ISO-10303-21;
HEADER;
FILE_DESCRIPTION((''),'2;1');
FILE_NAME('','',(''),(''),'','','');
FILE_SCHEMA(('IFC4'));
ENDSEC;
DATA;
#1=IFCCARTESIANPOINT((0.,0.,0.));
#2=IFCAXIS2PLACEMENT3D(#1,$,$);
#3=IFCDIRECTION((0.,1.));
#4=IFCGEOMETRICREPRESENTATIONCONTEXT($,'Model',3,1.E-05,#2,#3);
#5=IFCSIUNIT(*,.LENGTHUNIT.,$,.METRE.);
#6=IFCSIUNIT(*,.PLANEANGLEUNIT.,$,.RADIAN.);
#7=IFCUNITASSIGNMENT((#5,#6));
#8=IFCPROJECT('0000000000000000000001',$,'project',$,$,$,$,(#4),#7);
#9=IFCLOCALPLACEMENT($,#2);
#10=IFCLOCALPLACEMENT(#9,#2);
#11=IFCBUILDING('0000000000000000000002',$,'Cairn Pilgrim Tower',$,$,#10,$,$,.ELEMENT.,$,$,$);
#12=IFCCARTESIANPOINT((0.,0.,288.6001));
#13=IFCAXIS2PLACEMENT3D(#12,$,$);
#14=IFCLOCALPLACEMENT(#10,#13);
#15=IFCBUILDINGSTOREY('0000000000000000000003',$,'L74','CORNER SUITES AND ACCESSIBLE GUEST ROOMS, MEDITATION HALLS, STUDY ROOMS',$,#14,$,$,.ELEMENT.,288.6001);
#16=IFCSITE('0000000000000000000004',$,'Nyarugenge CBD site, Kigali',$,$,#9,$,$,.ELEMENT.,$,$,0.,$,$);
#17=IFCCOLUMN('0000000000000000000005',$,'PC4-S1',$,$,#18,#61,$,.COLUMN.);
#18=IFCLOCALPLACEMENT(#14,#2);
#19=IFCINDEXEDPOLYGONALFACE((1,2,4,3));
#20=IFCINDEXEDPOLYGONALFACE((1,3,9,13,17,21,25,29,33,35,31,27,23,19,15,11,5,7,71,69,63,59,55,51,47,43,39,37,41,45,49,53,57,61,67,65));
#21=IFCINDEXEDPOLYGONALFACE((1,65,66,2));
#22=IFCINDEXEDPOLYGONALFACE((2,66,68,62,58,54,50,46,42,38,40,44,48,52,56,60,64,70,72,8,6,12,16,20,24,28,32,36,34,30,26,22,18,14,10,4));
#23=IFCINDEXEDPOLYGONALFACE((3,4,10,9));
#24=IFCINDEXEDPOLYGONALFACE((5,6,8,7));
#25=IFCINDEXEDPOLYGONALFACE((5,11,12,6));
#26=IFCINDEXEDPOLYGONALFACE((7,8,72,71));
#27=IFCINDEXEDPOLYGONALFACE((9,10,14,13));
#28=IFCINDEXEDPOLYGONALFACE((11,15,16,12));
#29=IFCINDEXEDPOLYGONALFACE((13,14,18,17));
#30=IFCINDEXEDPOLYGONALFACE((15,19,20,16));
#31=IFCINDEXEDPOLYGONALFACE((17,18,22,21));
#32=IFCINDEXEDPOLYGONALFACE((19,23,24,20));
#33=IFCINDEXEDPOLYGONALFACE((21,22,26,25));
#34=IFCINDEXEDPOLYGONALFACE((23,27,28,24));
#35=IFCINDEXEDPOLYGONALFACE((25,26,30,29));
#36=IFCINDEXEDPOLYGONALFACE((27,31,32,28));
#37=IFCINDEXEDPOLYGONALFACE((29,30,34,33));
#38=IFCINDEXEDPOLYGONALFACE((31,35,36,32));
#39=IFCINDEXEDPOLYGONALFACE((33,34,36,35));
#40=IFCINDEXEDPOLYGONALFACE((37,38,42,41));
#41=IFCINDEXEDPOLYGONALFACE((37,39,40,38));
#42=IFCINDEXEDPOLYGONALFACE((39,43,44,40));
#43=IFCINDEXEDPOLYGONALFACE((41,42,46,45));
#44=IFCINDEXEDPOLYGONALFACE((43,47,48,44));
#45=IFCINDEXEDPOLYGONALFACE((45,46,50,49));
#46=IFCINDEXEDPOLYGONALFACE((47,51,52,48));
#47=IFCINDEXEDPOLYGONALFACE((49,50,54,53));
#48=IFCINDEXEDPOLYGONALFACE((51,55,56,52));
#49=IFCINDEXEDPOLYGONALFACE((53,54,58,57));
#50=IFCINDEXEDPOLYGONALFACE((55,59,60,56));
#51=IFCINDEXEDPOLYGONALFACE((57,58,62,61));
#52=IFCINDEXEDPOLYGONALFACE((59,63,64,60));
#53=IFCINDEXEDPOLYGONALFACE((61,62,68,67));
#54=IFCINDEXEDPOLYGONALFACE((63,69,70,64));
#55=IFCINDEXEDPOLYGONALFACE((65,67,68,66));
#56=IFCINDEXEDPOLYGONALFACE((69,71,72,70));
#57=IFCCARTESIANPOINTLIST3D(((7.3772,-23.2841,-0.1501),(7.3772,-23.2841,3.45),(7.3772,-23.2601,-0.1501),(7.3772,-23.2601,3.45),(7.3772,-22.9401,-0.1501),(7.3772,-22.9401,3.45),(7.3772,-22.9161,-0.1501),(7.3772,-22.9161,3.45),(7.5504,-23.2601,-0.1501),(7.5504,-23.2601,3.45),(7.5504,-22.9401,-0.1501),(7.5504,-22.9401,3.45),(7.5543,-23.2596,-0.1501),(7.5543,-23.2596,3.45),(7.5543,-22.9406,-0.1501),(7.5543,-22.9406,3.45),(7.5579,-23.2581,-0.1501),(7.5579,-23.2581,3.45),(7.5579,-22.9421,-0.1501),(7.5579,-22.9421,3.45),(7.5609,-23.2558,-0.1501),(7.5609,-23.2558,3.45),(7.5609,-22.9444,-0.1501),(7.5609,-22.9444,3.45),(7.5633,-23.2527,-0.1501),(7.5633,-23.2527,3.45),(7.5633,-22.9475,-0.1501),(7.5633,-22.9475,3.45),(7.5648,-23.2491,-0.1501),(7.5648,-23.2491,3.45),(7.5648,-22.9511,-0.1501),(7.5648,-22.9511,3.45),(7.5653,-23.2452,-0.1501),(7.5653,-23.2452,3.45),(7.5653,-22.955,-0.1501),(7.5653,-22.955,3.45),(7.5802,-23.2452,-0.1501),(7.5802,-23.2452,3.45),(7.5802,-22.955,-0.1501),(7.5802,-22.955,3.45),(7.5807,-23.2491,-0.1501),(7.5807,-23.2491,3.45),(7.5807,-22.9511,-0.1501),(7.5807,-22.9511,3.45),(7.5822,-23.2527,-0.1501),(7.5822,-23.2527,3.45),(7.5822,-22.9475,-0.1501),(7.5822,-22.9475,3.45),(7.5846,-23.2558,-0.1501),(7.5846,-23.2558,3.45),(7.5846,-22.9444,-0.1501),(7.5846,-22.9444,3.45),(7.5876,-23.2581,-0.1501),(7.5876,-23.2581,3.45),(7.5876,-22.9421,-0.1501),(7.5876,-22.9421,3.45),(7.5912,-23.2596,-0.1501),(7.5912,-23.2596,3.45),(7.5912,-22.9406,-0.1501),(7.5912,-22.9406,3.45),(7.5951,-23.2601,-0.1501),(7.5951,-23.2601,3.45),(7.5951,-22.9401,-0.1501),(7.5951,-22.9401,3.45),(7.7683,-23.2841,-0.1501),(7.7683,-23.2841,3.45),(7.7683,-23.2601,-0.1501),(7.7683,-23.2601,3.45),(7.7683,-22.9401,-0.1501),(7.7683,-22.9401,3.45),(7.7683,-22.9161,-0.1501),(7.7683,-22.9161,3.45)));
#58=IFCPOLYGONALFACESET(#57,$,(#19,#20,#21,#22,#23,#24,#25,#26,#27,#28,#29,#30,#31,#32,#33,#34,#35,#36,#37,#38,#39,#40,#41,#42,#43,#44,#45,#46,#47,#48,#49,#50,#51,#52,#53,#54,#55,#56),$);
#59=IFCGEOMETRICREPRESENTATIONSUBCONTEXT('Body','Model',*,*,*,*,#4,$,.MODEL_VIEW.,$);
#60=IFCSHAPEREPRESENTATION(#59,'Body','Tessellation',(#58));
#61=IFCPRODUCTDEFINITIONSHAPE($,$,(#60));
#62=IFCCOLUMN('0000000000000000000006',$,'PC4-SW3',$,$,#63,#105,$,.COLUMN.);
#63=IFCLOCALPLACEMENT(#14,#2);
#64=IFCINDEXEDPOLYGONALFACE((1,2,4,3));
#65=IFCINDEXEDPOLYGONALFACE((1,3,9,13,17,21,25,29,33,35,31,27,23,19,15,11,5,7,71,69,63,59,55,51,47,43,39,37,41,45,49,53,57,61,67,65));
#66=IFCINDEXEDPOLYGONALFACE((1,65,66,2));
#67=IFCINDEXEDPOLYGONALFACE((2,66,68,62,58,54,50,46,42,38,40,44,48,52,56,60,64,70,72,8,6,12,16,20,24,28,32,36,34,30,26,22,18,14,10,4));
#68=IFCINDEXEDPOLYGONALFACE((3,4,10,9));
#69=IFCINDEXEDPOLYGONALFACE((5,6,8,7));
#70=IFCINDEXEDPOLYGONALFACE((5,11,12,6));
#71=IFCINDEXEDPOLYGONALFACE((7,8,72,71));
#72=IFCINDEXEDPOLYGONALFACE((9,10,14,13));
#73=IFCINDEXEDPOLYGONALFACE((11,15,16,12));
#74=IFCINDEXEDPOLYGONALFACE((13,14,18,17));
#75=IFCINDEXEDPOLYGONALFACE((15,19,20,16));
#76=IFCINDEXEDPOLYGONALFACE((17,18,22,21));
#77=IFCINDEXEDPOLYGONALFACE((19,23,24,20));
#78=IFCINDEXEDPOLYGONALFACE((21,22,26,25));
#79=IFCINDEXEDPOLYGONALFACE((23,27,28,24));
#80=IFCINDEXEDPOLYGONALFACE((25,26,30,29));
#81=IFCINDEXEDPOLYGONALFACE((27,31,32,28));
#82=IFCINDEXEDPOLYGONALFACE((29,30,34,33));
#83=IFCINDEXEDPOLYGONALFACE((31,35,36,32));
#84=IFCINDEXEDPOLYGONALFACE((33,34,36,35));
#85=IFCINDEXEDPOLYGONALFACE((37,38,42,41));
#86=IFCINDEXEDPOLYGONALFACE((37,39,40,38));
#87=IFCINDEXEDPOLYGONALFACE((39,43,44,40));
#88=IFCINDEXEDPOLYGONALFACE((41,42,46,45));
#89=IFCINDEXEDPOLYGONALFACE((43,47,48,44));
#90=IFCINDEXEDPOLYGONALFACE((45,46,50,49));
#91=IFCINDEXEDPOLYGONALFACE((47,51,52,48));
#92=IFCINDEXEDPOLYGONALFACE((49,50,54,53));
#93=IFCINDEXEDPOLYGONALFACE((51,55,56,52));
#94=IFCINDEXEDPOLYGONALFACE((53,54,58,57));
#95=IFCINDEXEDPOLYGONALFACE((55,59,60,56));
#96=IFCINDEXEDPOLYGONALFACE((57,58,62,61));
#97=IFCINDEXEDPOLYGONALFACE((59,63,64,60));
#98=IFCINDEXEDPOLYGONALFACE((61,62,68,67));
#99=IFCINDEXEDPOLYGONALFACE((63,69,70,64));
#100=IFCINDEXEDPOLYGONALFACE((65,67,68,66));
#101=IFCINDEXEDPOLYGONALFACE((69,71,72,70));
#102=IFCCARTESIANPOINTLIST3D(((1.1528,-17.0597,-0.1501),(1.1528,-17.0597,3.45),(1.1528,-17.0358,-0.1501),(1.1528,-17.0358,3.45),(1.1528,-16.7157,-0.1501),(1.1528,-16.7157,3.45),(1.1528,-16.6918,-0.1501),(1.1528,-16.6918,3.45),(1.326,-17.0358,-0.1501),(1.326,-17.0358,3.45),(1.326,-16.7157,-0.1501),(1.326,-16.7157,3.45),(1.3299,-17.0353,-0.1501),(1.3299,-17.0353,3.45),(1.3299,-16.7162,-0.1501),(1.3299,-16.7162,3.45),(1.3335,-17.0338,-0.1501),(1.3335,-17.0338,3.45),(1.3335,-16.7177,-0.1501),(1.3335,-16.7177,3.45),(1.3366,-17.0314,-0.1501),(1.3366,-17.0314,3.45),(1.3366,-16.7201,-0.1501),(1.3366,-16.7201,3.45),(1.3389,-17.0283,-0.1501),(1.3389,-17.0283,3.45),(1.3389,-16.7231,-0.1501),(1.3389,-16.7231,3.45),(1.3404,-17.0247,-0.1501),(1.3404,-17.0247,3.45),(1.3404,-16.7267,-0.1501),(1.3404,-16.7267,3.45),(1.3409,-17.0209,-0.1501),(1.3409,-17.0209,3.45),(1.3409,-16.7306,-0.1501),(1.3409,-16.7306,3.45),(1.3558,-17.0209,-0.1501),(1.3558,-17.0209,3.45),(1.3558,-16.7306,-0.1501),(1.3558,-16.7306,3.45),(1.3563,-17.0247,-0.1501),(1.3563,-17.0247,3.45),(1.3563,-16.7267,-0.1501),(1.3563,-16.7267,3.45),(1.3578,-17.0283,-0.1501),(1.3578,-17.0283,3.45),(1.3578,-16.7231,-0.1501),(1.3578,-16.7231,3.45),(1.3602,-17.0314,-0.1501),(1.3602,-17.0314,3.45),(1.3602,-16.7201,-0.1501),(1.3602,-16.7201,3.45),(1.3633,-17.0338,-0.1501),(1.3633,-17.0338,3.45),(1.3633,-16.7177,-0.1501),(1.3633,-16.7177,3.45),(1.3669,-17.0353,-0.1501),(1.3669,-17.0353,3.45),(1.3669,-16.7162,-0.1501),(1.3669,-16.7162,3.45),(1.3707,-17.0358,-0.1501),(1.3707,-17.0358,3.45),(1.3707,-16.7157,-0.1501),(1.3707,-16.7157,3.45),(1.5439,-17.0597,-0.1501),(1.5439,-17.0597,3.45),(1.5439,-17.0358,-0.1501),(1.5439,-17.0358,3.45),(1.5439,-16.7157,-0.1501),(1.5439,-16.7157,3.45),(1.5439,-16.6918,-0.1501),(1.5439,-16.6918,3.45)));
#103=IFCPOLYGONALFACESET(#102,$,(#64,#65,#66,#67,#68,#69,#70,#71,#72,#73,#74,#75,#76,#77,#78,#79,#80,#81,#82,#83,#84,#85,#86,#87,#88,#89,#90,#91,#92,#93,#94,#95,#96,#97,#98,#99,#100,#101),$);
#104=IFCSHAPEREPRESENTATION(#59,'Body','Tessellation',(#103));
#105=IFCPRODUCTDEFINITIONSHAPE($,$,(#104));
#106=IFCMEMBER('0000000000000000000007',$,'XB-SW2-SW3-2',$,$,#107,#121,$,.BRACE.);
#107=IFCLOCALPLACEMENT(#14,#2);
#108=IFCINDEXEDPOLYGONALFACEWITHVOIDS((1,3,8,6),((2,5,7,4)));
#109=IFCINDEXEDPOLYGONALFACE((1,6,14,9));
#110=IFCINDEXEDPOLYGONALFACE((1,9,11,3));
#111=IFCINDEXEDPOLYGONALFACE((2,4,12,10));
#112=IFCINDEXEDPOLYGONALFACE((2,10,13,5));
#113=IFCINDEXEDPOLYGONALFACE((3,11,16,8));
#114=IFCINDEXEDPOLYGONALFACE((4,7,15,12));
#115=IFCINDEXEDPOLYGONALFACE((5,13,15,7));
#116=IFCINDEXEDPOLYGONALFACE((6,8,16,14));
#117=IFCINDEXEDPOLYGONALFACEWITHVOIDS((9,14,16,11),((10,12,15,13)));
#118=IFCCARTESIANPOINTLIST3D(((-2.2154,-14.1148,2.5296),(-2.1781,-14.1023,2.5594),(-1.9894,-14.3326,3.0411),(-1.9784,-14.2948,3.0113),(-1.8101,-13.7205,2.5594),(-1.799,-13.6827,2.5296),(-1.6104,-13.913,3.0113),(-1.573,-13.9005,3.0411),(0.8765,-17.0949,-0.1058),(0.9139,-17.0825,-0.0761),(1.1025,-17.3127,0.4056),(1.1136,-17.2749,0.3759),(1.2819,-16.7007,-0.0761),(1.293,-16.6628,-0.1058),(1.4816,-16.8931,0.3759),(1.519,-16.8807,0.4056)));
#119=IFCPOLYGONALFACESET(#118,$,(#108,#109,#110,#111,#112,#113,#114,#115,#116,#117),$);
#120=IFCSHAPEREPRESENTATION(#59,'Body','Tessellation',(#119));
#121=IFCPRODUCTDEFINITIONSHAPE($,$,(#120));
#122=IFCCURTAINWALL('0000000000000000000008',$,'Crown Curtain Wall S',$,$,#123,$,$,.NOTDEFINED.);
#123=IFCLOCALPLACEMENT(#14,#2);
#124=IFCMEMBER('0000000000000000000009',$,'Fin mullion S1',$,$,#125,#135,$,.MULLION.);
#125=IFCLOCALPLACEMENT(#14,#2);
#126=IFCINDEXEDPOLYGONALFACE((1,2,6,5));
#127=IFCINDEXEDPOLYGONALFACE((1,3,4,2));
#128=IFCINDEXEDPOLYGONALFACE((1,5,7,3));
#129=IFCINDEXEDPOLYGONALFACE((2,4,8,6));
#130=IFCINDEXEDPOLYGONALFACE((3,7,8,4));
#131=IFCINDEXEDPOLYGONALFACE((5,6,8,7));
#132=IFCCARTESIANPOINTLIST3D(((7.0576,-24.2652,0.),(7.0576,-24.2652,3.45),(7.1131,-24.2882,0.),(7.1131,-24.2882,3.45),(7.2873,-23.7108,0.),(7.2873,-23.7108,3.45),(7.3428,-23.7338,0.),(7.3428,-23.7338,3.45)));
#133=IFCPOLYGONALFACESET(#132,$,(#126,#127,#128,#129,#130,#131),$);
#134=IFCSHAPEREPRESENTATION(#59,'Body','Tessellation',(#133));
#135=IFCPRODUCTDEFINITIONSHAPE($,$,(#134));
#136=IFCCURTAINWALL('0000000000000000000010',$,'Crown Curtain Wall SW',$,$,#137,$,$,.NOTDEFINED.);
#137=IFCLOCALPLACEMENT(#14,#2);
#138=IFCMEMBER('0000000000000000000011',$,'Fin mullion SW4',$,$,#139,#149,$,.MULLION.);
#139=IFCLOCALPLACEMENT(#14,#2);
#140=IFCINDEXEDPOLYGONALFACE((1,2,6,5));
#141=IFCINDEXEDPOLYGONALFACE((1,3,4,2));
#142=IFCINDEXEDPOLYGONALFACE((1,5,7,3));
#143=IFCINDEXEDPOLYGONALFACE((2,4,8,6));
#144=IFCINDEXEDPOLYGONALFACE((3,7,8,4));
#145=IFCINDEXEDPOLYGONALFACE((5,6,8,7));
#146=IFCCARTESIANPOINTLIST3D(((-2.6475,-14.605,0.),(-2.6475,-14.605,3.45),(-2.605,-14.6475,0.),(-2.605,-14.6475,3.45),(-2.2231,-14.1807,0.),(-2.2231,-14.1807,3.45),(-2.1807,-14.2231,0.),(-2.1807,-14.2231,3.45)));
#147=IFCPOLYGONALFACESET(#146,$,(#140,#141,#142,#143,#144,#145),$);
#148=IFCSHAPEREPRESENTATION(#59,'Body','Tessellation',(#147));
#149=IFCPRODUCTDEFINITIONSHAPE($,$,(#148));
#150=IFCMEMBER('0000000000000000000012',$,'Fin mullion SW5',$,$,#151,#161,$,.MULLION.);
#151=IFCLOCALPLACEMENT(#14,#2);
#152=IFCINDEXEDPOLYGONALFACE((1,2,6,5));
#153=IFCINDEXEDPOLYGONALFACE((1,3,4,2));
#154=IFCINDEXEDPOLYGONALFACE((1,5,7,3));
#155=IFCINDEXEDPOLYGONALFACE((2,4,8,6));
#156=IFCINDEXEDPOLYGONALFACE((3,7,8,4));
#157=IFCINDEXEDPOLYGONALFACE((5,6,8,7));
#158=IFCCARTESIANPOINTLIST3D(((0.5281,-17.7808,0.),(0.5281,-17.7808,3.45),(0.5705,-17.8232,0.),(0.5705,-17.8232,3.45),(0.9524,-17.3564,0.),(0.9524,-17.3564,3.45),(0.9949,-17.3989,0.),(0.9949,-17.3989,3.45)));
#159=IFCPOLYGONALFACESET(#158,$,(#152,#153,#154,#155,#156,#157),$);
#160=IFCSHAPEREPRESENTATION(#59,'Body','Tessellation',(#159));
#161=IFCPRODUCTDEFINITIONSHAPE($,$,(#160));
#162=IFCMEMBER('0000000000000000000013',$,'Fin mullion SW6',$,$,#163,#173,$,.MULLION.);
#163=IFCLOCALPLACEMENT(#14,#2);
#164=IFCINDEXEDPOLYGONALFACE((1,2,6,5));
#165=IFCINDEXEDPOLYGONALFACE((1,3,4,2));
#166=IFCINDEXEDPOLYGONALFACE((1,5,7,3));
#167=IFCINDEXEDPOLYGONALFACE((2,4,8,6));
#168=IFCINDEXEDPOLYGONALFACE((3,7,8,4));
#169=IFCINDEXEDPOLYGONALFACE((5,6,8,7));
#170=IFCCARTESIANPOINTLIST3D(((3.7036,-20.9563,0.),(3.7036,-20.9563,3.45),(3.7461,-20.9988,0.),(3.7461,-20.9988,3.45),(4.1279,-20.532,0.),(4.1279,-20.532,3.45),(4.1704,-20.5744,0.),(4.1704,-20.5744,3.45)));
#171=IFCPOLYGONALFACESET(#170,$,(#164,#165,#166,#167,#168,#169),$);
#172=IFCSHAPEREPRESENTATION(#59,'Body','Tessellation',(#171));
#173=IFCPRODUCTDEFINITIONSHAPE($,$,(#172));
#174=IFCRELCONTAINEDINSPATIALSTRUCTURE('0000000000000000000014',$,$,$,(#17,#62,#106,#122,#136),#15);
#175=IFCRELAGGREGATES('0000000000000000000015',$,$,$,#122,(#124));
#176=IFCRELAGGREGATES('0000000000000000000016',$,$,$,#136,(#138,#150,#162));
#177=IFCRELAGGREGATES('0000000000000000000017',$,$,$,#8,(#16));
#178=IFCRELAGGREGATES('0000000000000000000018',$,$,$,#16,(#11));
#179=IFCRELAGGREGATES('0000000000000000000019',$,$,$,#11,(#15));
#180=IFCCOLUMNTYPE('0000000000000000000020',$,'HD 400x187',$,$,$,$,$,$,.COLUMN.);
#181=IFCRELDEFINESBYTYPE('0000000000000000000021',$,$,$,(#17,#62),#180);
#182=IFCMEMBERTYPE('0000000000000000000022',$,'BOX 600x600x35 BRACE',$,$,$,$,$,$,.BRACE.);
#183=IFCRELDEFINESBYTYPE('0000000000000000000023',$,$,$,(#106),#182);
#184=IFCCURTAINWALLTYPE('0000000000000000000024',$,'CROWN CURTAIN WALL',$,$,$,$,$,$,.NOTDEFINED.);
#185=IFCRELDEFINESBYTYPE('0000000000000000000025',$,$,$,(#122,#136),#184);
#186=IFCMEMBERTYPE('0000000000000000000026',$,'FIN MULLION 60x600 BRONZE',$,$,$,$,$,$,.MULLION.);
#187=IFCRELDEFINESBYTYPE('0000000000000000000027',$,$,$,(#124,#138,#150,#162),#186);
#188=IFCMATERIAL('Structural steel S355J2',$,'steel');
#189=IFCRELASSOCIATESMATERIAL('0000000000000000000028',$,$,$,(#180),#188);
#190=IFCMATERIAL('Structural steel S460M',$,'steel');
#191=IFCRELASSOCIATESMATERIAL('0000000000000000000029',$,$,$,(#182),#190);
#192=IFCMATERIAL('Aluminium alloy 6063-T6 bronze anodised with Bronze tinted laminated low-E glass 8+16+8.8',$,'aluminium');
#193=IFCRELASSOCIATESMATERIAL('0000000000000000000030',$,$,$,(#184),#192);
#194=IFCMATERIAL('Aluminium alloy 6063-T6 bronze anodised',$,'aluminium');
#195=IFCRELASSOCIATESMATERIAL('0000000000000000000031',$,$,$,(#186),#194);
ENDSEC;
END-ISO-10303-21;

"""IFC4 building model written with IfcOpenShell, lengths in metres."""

from ifc_helpers import new_model, si_unit, direction, frame, origin, origin_2d, place, context, subcontext, project, spatial, rectangle, hollow_rectangle, i_section, extrude, material, material_profile, profile_set, type_object, element, aggregate, save


model = new_model("IFC4")

# Units and contexts
model_context = context("Model", 3, precision=1e-05, world=origin(), true_north=direction((0.0, 1.0)))
body_context = subcontext(model_context, "Body", "Model", "MODEL_VIEW")
ifc_project = project(units=[si_unit("LENGTHUNIT", "METRE"), si_unit("PLANEANGLEUNIT", "RADIAN")], contexts=[model_context])

# Site, building, storey
site_placement = place(None, origin())
site = spatial("IfcSite", under=ifc_project, at=site_placement, Name="Nyarugenge CBD site, Kigali", CompositionType="ELEMENT", RefElevation=0.0)
building_placement = place(site_placement, origin())
building = spatial("IfcBuilding", under=site, at=building_placement, Name="Cairn Pilgrim Tower", CompositionType="ELEMENT")
storey_placement = place(building_placement, frame((0.0, 0.0, 288.6001)))
storey = spatial("IfcBuildingStorey", under=building, at=storey_placement, Name="L74", Description="CORNER SUITES AND ACCESSIBLE GUEST ROOMS, MEDITATION HALLS, STUDY ROOMS", CompositionType="ELEMENT", Elevation=288.6001)

# Columns
ifc_material_1 = material(Name="Structural steel S355J2", Category="steel")
ifc_material_profile_1 = material_profile(ifc_material_1, i_section(OverallWidth=0.3911, OverallDepth=0.3679, WebThickness=0.0149, FlangeThickness=0.0239, FilletRadius=0.0149, at=origin_2d()), Name="HD 400x187")
ifc_profile_set_1 = profile_set([ifc_material_profile_1], Name="Structural steel S355J2")
column_type = type_object("IfcColumnType", Name="HD 400x187", PredefinedType="COLUMN", material=ifc_profile_set_1)
for number, where, z_axis, x_axis, name in (
    (1, (7.5728, -23.1001, -0.1501), (0.0, 0.0, 1.0), (1.0, 0.0, 0.0), "PC4-S1"),
    (2, (1.3484, -16.8757, -0.1501), (0.0, 0.0, 1.0), (1.0, 0.0, 0.0), "PC4-SW3"),
):
    element("IfcColumn", number, at=place(storey_placement, frame(where, z_axis=z_axis, x_axis=x_axis)), inside=storey, type_object=column_type, Name=name, PredefinedType="COLUMN", context=body_context, shape_type="SweptSolid", body=[
        extrude(i_section(OverallWidth=0.3911, OverallDepth=0.3679, WebThickness=0.0149, FlangeThickness=0.0239, FilletRadius=0.0149, at=origin_2d()), origin(), (0.0, 0.0, 1.0), 3.6001),
    ])

# Member
ifc_material_2 = material(Name="Structural steel S460M", Category="steel")
ifc_material_profile_2 = material_profile(ifc_material_2, hollow_rectangle(XDim=0.6001, YDim=0.6001, WallThickness=0.0349, at=origin_2d()), Name="BOX 600x600x35")
ifc_profile_set_2 = profile_set([ifc_material_profile_2], Name="Structural steel S460M")
member_type_1 = type_object("IfcMemberType", Name="BOX 600x600x35 BRACE", PredefinedType="BRACE", material=ifc_profile_set_2)
member_1_placement = place(storey_placement, frame((1.1978, -16.9878, 0.1499), z_axis=(-0.613661, 0.591469, 0.523053), x_axis=(-0.693968, -0.720006, 0.0)))
element("IfcMember", 3, at=member_1_placement, inside=storey, type_object=member_type_1, Name="XB-SW2-SW3-2", PredefinedType="BRACE", context=body_context, shape_type="SweptSolid", body=[
    extrude(hollow_rectangle(XDim=0.6001, YDim=0.6001, WallThickness=0.0349, at=origin_2d()), origin(), (0.0, 0.0, 1.0), 5.0386),
])

# Curtain wall, member
ifc_material_3 = material(Name="Aluminium alloy 6063-T6 bronze anodised with Bronze tinted laminated low-E glass 8+16+8.8", Category="aluminium")
curtain_wall_type = type_object("IfcCurtainWallType", Name="CROWN CURTAIN WALL", PredefinedType="NOTDEFINED", material=ifc_material_3)
curtain_wall_1_placement = place(storey_placement, origin())
curtain_wall_1 = element("IfcCurtainWall", 4, at=curtain_wall_1_placement, inside=storey, type_object=curtain_wall_type, Name="Crown Curtain Wall S", PredefinedType="NOTDEFINED")
ifc_material_4 = material(Name="Aluminium alloy 6063-T6 bronze anodised", Category="aluminium")
ifc_material_profile_3 = material_profile(ifc_material_4, rectangle(XDim=0.6001, YDim=0.0601, at=origin_2d()), Name="FIN MULLION 60x600 BRONZE")
ifc_profile_set_3 = profile_set([ifc_material_profile_3], Name="Aluminium alloy 6063-T6 bronze anodised")
member_type_2 = type_object("IfcMemberType", Name="FIN MULLION 60x600 BRONZE", PredefinedType="MULLION", material=ifc_profile_set_3)
member_2_placement = place(storey_placement, frame((7.2002, -23.9995, 0.0), z_axis=(0.0, 0.0, 1.0), x_axis=(-0.382683, -0.92388, 0.0)))
member_2 = element("IfcMember", 5, at=member_2_placement, type_object=member_type_2, Name="Fin mullion S1", PredefinedType="MULLION", context=body_context, shape_type="SweptSolid", body=[
    extrude(rectangle(XDim=0.6001, YDim=0.0601, at=origin_2d()), origin(), (0.0, 0.0, 1.0), 3.45),
])
aggregate(curtain_wall_1, [member_2])

# Curtain wall, members
curtain_wall_2_placement = place(storey_placement, origin())
curtain_wall_2 = element("IfcCurtainWall", 6, at=curtain_wall_2_placement, inside=storey, type_object=curtain_wall_type, Name="Crown Curtain Wall SW", PredefinedType="NOTDEFINED")
member_3_placement = place(storey_placement, frame((-2.4141, -14.4141, 0.0), z_axis=(0.0, 0.0, 1.0), x_axis=(-0.707107, -0.707107, 0.0)))
member_3 = element("IfcMember", 7, at=member_3_placement, type_object=member_type_2, Name="Fin mullion SW4", PredefinedType="MULLION", context=body_context, shape_type="SweptSolid", body=[
    extrude(rectangle(XDim=0.6001, YDim=0.0601, at=origin_2d()), origin(), (0.0, 0.0, 1.0), 3.45),
])
member_4_placement = place(storey_placement, frame((0.7615, -17.5898, 0.0), z_axis=(0.0, 0.0, 1.0), x_axis=(-0.707107, -0.707107, 0.0)))
member_4 = element("IfcMember", 8, at=member_4_placement, type_object=member_type_2, Name="Fin mullion SW5", PredefinedType="MULLION", context=body_context, shape_type="SweptSolid", body=[
    extrude(rectangle(XDim=0.6001, YDim=0.0601, at=origin_2d()), origin(), (0.0, 0.0, 1.0), 3.45),
])
member_5_placement = place(storey_placement, frame((3.937, -20.7654, 0.0), z_axis=(0.0, 0.0, 1.0), x_axis=(-0.707107, -0.707107, 0.0)))
member_5 = element("IfcMember", 9, at=member_5_placement, type_object=member_type_2, Name="Fin mullion SW6", PredefinedType="MULLION", context=body_context, shape_type="SweptSolid", body=[
    extrude(rectangle(XDim=0.6001, YDim=0.0601, at=origin_2d()), origin(), (0.0, 0.0, 1.0), 3.45),
])

aggregate(curtain_wall_2, [member_3, member_4, member_5])

save(model, "model.ifc")
